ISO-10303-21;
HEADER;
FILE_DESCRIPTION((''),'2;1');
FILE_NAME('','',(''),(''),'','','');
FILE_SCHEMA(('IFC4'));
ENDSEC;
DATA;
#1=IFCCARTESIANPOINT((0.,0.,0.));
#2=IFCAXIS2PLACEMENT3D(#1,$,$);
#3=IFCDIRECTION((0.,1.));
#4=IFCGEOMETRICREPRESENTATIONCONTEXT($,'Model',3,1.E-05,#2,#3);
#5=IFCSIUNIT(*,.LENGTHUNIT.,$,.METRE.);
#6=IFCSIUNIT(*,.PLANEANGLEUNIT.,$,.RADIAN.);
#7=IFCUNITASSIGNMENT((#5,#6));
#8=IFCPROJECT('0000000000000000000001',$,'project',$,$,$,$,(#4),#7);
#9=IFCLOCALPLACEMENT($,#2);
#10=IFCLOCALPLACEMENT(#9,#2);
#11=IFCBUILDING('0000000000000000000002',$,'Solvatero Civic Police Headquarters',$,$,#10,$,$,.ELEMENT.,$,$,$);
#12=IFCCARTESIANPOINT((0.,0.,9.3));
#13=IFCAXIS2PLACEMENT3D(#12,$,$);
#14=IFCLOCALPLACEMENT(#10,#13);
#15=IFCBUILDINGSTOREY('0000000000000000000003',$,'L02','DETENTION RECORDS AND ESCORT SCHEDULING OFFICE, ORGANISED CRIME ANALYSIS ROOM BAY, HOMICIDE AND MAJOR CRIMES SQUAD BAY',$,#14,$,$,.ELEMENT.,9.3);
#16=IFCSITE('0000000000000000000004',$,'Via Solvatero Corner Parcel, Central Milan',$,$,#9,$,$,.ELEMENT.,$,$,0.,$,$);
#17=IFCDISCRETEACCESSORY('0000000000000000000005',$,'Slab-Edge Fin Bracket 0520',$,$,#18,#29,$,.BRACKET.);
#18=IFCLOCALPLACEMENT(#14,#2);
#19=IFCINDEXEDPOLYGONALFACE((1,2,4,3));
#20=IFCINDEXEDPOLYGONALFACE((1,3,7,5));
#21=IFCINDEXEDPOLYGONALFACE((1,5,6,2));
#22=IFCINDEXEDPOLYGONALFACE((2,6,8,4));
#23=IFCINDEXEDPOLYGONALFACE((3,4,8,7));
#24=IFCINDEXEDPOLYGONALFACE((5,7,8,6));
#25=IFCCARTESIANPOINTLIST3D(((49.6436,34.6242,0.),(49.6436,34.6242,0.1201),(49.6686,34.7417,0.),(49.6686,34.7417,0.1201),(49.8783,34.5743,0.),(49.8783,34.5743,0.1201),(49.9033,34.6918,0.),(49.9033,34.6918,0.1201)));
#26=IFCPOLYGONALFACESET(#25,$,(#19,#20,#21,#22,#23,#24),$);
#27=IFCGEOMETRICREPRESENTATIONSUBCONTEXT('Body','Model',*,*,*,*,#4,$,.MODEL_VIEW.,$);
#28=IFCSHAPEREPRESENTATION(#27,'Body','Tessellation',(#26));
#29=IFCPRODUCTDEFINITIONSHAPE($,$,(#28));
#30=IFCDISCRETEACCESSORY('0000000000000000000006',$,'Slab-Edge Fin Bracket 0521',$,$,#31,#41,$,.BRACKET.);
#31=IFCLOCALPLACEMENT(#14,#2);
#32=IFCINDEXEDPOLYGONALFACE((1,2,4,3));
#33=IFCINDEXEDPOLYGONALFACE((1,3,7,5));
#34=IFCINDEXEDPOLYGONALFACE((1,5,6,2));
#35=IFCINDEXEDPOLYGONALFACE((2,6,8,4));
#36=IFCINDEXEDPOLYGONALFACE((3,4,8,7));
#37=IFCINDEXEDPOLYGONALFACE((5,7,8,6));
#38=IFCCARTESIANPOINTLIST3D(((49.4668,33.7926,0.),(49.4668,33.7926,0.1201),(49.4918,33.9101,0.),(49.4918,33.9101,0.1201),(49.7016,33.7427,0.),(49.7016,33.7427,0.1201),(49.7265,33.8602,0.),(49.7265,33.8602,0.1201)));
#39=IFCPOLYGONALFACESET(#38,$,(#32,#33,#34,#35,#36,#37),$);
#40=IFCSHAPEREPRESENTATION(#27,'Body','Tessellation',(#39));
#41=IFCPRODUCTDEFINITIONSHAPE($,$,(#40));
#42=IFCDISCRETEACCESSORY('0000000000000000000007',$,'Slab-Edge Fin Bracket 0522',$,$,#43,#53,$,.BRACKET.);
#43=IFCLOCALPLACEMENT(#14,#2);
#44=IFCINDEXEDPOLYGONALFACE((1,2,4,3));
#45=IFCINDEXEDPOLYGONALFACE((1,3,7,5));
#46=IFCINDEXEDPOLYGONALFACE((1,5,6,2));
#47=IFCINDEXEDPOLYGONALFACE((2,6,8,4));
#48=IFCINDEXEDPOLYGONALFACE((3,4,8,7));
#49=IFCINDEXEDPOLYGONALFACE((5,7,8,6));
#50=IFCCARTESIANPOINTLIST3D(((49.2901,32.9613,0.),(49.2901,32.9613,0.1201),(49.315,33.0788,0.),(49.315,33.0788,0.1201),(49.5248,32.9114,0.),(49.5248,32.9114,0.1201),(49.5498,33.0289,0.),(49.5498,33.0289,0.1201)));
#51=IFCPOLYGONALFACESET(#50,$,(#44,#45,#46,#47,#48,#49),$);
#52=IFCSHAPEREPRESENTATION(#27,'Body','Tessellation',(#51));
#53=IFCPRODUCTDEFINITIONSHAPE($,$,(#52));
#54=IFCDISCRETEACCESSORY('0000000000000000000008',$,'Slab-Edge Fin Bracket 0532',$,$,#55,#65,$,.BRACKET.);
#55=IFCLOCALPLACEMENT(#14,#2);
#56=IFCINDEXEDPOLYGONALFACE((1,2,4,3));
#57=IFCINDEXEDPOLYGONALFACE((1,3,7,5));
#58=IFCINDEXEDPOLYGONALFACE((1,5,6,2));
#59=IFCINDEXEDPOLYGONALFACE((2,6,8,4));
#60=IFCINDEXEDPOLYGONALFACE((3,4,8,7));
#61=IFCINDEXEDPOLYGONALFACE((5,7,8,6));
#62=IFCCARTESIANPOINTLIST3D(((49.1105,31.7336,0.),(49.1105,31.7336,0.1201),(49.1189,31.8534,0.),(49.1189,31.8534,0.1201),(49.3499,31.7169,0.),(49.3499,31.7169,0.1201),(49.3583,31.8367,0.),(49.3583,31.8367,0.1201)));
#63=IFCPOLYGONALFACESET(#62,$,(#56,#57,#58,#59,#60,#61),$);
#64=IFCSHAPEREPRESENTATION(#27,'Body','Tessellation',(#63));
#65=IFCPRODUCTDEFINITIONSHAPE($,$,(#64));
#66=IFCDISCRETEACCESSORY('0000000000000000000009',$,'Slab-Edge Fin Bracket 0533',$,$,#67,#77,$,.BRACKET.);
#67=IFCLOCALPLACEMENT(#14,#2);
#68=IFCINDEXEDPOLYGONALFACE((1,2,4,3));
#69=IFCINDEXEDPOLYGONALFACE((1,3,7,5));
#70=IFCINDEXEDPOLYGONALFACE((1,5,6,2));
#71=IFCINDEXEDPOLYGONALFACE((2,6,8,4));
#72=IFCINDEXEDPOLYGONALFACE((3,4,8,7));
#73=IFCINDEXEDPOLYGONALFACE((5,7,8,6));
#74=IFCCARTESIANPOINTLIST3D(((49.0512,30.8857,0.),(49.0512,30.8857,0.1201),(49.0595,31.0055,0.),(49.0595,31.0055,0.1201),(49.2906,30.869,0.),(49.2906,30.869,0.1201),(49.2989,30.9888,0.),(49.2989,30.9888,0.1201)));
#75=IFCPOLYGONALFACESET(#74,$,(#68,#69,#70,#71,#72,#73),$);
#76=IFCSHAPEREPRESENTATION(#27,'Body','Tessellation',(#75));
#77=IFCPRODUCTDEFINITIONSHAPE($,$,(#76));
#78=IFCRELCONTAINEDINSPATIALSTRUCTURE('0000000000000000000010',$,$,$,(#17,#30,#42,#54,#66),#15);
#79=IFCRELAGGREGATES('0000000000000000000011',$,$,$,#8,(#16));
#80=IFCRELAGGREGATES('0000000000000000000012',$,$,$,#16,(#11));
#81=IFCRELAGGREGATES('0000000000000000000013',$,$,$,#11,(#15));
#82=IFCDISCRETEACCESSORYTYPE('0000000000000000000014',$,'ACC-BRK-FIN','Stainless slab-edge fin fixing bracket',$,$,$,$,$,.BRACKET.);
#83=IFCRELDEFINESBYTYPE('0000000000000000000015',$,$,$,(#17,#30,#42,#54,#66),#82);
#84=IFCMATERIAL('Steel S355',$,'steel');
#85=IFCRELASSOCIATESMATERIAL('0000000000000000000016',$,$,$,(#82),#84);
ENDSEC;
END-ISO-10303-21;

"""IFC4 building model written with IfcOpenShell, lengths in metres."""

from ifc_helpers import new_model, si_unit, direction, frame, origin, origin_2d, place, context, subcontext, project, spatial, rectangle, extrude, material, type_object, element, save


model = new_model("IFC4")

# Units and contexts
model_context = context("Model", 3, precision=1e-05, world=origin(), true_north=direction((0.0, 1.0)))
body_context = subcontext(model_context, "Body", "Model", "MODEL_VIEW")
ifc_project = project(units=[si_unit("LENGTHUNIT", "METRE"), si_unit("PLANEANGLEUNIT", "RADIAN")], contexts=[model_context])

# Site, building, storey
site_placement = place(None, origin())
site = spatial("IfcSite", under=ifc_project, at=site_placement, Name="Via Solvatero Corner Parcel, Central Milan", CompositionType="ELEMENT", RefElevation=0.0)
building_placement = place(site_placement, origin())
building = spatial("IfcBuilding", under=site, at=building_placement, Name="Solvatero Civic Police Headquarters", CompositionType="ELEMENT")
storey_placement = place(building_placement, frame((0.0, 0.0, 9.3)))
storey = spatial("IfcBuildingStorey", under=building, at=storey_placement, Name="L02", Description="DETENTION RECORDS AND ESCORT SCHEDULING OFFICE, ORGANISED CRIME ANALYSIS ROOM BAY, HOMICIDE AND MAJOR CRIMES SQUAD BAY", CompositionType="ELEMENT", Elevation=9.3)

# Shared definitions
ifc_material_1 = material(Name="Steel S355", Category="steel")

# Discrete accessories
discrete_accessory_type = type_object("IfcDiscreteAccessoryType", Name="ACC-BRK-FIN", Description="Stainless slab-edge fin fixing bracket", PredefinedType="BRACKET", material=ifc_material_1)
for number, where, z_axis, x_axis, name in (
    (1, (49.7734, 34.658, 0.0), (0.0, 0.0, 1.0), (-0.207912, -0.978148, 0.0), "Slab-Edge Fin Bracket 0520"),
    (2, (49.5967, 33.8264, 0.0), (0.0, 0.0, 1.0), (-0.207912, -0.978148, 0.0), "Slab-Edge Fin Bracket 0521"),
    (3, (49.4199, 32.9951, 0.0), (0.0, 0.0, 1.0), (-0.207912, -0.978148, 0.0), "Slab-Edge Fin Bracket 0522"),
    (4, (49.2344, 31.7852, 0.0), (0.0, 0.0, 1.0), (-0.069756, -0.997564, 0.0), "Slab-Edge Fin Bracket 0532"),
    (5, (49.175, 30.9373, 0.0), (0.0, 0.0, 1.0), (-0.069756, -0.997564, 0.0), "Slab-Edge Fin Bracket 0533"),
):
    element("IfcDiscreteAccessory", number, at=place(storey_placement, frame(where, z_axis=z_axis, x_axis=x_axis)), inside=storey, type_object=discrete_accessory_type, Name=name, PredefinedType="BRACKET", context=body_context, shape_type="SweptSolid", body=[
        extrude(rectangle(XDim=0.1201, YDim=0.24, at=origin_2d()), origin(), (0.0, 0.0, 1.0), 0.1201),
    ])

save(model, "model.ifc")
